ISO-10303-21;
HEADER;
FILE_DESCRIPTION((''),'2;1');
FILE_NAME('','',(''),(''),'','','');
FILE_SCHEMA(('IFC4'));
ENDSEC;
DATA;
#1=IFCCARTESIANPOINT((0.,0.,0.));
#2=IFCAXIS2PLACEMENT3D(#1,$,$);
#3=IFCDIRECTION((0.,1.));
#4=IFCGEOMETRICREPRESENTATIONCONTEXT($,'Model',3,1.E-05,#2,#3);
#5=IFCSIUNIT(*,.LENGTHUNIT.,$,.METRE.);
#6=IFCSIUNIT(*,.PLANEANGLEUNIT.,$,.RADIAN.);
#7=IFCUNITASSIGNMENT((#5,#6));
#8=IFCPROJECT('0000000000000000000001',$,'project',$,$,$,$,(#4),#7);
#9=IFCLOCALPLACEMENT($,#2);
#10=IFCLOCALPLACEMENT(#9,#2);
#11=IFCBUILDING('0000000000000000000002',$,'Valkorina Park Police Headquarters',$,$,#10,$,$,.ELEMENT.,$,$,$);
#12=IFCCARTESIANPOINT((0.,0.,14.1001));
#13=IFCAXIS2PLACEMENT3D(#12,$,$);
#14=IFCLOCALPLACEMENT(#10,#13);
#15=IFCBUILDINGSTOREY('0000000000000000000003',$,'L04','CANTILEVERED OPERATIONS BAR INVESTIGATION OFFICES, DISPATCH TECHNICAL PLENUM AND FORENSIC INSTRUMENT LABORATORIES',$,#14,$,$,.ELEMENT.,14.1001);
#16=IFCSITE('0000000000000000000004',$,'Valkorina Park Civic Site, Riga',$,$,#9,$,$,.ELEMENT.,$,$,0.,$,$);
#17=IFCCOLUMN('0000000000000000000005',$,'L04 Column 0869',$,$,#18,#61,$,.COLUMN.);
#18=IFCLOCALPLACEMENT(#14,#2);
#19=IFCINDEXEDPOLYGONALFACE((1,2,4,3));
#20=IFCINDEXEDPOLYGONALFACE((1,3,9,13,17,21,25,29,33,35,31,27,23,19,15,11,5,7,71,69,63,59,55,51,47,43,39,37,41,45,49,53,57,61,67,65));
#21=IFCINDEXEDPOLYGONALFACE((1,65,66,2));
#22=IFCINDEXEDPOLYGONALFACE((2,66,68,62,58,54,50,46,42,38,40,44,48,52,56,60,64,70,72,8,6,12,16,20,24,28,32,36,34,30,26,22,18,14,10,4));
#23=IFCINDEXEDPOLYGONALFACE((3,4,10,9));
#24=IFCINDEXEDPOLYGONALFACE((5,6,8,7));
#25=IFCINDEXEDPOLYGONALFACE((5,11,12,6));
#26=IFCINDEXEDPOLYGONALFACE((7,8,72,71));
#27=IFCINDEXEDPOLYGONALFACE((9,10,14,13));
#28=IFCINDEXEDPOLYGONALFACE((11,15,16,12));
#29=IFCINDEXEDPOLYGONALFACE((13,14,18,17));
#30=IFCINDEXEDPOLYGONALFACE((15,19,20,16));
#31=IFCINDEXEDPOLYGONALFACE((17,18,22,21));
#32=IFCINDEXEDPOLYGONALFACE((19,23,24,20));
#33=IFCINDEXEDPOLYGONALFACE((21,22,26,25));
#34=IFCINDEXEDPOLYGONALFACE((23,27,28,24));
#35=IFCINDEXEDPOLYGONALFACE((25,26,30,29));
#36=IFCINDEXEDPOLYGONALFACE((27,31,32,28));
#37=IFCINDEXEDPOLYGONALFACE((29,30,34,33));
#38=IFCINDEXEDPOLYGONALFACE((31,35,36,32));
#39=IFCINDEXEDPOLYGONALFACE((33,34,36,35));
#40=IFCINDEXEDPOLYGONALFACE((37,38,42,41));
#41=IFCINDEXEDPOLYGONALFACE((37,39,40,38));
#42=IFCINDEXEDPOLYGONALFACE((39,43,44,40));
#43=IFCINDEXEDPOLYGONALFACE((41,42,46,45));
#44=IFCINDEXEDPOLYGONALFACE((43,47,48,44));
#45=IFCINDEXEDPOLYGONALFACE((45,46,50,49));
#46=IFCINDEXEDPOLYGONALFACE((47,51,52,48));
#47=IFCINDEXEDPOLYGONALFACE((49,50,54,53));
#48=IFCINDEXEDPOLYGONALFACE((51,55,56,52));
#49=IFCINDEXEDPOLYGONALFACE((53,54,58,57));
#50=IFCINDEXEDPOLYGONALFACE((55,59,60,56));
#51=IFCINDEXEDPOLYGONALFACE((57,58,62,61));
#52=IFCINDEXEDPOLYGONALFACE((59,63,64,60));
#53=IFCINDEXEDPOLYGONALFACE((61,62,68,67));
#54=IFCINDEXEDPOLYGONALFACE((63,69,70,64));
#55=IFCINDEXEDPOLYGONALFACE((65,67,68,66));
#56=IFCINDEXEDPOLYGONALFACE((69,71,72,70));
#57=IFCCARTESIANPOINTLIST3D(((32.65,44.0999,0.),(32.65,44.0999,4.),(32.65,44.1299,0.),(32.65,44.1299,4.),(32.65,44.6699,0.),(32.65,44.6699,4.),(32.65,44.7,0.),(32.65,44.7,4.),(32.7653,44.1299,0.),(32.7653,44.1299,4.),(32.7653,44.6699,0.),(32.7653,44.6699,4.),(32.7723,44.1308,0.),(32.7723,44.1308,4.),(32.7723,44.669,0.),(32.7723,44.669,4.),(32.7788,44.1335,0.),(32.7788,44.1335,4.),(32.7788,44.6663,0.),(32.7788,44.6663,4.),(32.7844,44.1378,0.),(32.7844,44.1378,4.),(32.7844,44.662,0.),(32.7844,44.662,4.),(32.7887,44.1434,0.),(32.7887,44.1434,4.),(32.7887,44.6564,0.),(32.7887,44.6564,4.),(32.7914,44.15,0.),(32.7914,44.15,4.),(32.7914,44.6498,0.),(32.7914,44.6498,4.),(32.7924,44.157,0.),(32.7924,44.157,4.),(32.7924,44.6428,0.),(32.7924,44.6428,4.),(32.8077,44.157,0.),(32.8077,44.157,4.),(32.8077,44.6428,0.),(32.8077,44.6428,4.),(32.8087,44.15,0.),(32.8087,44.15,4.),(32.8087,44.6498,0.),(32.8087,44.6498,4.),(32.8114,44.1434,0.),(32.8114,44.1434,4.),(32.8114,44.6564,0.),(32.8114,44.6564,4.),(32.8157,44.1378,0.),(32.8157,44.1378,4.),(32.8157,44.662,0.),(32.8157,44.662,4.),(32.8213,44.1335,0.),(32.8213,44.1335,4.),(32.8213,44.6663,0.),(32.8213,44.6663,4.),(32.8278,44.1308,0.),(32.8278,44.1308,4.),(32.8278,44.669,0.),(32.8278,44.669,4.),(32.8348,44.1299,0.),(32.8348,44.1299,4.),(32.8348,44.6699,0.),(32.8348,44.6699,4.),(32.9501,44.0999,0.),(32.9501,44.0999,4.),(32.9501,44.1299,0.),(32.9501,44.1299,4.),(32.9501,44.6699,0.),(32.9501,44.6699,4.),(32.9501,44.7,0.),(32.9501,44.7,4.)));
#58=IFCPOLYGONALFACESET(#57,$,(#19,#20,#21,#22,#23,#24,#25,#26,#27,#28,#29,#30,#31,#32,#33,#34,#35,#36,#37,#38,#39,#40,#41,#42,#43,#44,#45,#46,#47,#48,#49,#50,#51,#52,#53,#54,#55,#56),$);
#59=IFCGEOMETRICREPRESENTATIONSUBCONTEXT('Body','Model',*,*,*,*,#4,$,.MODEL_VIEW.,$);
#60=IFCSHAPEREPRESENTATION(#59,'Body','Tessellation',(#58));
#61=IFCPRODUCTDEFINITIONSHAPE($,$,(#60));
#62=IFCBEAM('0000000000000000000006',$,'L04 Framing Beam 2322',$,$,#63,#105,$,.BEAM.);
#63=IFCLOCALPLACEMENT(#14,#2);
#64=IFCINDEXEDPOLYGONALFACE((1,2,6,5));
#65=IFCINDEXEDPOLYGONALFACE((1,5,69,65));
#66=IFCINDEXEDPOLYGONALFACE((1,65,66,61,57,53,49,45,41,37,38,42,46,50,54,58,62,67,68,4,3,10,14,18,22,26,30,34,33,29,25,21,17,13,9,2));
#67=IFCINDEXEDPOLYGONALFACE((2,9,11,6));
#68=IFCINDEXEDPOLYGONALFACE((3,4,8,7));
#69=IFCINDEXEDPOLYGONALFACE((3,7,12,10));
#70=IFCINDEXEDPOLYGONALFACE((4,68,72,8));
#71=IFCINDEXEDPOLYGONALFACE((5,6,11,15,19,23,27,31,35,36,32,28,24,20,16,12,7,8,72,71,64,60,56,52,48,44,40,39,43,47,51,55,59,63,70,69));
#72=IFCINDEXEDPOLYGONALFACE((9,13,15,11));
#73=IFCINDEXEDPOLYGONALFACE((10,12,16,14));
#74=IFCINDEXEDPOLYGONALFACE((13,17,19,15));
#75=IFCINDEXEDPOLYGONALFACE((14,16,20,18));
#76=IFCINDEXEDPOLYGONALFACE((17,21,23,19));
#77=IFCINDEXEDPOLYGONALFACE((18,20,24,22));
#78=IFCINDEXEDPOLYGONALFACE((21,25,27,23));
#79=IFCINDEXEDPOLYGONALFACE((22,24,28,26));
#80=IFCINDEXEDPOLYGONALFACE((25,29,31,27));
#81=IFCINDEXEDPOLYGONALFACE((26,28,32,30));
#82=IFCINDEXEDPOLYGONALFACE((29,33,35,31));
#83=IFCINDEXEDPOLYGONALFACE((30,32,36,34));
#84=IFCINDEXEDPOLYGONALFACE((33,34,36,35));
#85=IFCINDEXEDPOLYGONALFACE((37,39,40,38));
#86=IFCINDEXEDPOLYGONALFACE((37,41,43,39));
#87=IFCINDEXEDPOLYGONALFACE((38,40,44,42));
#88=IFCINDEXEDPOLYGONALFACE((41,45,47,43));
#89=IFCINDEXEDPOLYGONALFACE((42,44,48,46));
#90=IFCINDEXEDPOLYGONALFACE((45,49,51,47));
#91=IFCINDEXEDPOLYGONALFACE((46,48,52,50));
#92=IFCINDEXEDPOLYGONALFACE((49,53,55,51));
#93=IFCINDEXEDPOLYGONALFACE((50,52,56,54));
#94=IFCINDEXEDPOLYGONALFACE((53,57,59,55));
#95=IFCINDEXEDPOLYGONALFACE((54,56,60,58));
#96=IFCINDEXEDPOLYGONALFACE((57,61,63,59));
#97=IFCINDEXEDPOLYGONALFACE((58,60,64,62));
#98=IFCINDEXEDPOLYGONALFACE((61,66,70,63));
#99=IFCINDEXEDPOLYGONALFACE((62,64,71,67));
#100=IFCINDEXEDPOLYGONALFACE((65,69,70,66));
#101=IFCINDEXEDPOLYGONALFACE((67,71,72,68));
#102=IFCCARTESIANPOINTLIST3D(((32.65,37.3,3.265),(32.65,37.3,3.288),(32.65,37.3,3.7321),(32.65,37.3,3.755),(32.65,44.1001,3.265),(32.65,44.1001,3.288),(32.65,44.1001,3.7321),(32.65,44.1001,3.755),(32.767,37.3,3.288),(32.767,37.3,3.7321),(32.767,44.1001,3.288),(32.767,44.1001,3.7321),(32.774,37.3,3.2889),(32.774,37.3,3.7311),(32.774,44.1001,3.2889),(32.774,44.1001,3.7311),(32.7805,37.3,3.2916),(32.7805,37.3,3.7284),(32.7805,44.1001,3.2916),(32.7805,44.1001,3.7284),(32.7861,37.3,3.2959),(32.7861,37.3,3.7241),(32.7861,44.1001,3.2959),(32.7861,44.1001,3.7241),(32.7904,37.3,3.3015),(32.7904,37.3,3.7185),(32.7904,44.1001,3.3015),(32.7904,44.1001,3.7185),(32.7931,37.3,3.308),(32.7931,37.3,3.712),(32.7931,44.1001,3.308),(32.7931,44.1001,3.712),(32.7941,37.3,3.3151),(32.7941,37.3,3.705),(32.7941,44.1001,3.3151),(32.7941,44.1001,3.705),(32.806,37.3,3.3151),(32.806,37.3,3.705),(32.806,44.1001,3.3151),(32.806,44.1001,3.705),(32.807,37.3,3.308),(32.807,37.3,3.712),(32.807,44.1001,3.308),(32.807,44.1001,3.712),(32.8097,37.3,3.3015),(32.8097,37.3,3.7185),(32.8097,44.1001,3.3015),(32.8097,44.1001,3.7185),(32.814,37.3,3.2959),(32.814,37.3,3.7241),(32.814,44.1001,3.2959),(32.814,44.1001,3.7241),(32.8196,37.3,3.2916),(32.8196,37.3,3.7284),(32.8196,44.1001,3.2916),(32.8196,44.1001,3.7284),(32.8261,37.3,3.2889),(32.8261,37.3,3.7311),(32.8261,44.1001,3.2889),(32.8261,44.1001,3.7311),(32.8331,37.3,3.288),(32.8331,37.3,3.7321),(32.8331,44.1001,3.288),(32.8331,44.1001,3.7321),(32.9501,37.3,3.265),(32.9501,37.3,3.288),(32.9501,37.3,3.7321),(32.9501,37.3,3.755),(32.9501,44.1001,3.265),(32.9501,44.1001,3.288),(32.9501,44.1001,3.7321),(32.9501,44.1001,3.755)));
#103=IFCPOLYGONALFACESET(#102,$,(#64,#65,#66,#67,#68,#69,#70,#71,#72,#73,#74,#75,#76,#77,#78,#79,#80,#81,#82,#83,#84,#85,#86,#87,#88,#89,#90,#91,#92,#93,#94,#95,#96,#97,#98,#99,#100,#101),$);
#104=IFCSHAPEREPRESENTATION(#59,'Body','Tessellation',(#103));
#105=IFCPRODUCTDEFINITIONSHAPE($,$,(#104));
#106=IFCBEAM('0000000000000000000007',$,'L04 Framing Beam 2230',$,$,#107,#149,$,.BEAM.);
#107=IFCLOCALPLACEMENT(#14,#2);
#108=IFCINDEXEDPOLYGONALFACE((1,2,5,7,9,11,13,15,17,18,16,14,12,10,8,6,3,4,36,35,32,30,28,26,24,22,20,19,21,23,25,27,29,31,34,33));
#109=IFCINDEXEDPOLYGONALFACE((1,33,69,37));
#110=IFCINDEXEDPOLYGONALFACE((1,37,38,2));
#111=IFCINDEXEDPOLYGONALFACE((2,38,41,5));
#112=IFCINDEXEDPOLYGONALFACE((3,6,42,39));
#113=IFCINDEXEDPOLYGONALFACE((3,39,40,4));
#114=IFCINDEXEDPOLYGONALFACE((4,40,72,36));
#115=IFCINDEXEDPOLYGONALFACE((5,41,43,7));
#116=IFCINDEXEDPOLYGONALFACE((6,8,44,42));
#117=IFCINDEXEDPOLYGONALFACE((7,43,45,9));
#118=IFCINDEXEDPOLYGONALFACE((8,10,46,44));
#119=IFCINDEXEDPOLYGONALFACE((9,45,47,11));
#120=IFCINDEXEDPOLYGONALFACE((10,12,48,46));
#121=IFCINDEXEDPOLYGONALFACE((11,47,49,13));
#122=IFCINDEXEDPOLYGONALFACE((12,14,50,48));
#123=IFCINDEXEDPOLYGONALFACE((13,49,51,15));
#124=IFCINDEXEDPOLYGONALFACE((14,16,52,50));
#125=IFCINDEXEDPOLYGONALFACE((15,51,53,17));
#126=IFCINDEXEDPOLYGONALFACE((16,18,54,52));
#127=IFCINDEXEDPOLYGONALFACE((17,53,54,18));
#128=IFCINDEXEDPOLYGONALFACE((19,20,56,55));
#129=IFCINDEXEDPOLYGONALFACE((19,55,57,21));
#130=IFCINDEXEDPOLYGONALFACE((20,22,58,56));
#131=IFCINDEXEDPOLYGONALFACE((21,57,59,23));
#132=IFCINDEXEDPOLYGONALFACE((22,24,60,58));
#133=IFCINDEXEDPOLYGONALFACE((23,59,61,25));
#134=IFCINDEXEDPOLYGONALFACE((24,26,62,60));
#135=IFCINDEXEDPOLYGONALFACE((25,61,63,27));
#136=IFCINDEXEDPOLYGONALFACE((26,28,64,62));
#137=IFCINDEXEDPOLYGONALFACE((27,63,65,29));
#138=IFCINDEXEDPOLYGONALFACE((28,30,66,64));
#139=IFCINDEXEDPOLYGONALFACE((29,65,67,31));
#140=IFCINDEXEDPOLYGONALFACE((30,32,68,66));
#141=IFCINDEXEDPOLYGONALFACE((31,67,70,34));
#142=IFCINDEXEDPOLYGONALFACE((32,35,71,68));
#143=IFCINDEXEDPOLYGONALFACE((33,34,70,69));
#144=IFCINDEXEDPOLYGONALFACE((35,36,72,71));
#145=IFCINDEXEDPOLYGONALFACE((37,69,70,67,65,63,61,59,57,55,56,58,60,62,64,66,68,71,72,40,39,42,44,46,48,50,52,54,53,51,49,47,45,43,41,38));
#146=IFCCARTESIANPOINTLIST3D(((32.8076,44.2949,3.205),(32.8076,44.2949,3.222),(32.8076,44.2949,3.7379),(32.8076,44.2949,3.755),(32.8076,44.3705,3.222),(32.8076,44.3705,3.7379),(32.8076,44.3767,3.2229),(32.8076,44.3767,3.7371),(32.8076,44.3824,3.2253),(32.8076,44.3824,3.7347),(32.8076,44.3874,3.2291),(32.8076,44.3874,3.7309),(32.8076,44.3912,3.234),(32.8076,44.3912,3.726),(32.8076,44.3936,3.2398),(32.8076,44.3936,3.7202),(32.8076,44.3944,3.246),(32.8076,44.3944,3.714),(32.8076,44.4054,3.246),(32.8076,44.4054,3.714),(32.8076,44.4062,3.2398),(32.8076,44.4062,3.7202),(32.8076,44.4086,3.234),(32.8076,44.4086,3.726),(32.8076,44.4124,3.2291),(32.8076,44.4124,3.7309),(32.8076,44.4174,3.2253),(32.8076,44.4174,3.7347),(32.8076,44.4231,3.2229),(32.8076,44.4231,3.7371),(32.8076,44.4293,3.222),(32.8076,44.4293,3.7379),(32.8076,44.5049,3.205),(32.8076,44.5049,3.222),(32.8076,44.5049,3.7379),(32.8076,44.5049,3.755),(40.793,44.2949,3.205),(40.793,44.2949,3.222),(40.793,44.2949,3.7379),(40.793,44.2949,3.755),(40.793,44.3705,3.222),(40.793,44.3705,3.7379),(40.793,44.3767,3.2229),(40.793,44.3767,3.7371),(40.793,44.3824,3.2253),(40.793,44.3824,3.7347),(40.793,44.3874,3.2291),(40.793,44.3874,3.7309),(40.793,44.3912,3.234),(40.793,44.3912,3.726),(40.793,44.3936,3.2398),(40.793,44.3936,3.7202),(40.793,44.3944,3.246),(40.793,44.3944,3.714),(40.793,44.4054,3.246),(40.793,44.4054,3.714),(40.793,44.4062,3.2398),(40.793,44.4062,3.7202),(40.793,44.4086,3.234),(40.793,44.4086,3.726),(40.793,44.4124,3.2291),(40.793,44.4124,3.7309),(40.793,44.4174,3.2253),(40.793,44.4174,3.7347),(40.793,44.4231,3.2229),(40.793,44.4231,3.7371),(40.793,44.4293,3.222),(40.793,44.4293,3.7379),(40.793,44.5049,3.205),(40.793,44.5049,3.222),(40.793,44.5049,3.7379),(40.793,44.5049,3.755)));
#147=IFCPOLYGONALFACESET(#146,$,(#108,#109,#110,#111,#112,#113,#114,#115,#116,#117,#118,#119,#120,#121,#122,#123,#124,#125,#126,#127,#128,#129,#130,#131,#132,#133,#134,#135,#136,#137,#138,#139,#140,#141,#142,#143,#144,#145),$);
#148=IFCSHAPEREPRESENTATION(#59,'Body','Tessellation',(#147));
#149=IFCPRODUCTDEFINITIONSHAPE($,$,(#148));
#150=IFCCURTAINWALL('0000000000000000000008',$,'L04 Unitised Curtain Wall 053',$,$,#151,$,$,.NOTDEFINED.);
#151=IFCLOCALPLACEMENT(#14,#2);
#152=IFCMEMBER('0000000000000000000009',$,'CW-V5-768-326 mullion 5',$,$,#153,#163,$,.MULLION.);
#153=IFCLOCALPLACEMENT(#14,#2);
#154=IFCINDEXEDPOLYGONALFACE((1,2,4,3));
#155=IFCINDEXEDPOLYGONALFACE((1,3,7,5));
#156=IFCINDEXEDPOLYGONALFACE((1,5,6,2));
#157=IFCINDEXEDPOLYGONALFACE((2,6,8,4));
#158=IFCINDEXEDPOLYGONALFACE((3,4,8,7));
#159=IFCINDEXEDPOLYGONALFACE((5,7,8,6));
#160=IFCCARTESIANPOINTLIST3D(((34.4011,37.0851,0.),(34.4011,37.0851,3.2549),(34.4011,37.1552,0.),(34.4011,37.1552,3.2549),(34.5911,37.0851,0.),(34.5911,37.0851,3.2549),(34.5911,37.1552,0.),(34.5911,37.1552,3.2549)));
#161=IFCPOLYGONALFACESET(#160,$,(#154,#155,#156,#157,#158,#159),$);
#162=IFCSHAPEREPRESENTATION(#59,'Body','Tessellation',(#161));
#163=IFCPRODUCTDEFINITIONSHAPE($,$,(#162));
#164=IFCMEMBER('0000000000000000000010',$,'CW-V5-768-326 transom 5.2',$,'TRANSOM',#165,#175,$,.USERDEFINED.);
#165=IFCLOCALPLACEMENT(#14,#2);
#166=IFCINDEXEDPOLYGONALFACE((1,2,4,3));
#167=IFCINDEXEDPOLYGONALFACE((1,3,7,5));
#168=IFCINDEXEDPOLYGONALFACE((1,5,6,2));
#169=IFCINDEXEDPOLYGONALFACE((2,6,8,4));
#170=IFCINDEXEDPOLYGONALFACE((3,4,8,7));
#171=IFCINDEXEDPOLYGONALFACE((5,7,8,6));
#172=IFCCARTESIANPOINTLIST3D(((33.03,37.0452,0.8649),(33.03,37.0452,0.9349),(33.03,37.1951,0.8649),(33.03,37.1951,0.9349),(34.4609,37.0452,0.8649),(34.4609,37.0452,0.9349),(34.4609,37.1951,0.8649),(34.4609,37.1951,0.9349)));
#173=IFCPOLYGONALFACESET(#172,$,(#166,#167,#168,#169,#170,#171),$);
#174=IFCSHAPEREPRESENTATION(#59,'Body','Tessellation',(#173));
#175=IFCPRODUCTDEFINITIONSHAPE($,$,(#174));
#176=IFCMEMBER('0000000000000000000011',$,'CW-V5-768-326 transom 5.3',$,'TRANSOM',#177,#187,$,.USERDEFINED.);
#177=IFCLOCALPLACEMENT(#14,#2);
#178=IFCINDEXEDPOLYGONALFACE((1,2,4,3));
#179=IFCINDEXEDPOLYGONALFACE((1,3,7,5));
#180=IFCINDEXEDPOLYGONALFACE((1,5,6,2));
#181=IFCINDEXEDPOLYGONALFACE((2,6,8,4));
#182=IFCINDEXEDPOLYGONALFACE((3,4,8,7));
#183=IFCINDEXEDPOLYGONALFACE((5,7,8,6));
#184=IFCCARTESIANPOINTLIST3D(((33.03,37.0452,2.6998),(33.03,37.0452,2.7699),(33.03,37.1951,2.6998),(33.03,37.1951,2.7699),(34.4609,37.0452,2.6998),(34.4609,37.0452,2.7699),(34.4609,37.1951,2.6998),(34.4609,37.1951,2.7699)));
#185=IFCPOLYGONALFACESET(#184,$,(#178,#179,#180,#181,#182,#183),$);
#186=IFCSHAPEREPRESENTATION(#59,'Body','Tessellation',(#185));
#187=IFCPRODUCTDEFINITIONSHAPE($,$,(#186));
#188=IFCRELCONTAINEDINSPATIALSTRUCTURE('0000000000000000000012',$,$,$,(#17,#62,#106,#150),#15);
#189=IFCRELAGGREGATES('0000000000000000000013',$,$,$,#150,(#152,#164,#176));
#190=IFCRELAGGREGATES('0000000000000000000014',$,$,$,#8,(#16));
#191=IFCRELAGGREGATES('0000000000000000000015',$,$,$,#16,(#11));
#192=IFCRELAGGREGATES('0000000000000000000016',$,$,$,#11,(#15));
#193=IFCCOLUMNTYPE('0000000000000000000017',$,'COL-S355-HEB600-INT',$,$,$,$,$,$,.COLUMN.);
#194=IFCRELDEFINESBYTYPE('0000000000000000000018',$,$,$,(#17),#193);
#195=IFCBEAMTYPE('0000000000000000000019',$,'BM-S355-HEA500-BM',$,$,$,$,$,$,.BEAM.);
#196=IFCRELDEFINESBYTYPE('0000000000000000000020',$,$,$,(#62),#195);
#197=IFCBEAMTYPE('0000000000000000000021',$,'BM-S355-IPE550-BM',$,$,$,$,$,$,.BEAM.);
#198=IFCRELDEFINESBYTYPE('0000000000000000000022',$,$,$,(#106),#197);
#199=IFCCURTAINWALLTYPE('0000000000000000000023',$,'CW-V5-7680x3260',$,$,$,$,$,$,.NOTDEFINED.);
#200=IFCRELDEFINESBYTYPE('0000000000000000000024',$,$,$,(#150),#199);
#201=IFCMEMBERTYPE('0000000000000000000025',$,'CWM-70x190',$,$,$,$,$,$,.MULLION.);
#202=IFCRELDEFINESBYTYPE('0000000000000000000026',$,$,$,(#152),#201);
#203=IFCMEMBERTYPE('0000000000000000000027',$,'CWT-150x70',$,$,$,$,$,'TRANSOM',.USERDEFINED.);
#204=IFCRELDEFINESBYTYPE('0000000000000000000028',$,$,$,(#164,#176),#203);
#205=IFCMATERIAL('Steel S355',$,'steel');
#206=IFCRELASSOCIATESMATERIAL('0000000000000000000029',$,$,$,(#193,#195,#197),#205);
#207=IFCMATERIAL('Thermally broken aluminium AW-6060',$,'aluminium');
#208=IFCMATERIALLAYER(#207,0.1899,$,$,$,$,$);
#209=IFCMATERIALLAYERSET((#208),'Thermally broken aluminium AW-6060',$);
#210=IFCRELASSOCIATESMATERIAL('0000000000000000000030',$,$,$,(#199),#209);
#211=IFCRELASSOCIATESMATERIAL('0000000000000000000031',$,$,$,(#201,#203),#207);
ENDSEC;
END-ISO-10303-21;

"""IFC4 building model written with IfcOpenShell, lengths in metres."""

from ifc_helpers import new_model, si_unit, direction, frame, origin, origin_2d, place, context, subcontext, project, spatial, rectangle, i_section, extrude, material, layer, layer_set, material_profile, profile_set, type_object, element, aggregate, save


model = new_model("IFC4")

# Units and contexts
model_context = context("Model", 3, precision=1e-05, world=origin(), true_north=direction((0.0, 1.0)))
body_context = subcontext(model_context, "Body", "Model", "MODEL_VIEW")
ifc_project = project(units=[si_unit("LENGTHUNIT", "METRE"), si_unit("PLANEANGLEUNIT", "RADIAN")], contexts=[model_context])

# Site, building, storey
site_placement = place(None, origin())
site = spatial("IfcSite", under=ifc_project, at=site_placement, Name="Valkorina Park Civic Site, Riga", CompositionType="ELEMENT", RefElevation=0.0)
building_placement = place(site_placement, origin())
building = spatial("IfcBuilding", under=site, at=building_placement, Name="Valkorina Park Police Headquarters", CompositionType="ELEMENT")
storey_placement = place(building_placement, frame((0.0, 0.0, 14.1001)))
storey = spatial("IfcBuildingStorey", under=building, at=storey_placement, Name="L04", Description="CANTILEVERED OPERATIONS BAR INVESTIGATION OFFICES, DISPATCH TECHNICAL PLENUM AND FORENSIC INSTRUMENT LABORATORIES", CompositionType="ELEMENT", Elevation=14.1001)

# Column
ifc_material_1 = material(Name="Steel S355", Category="steel")
ifc_material_profile_1 = material_profile(ifc_material_1, i_section(OverallWidth=0.3, OverallDepth=0.6001, WebThickness=0.0154, FlangeThickness=0.03, FilletRadius=0.0271, at=origin_2d()), Name="HEB 600")
ifc_profile_set_1 = profile_set([ifc_material_profile_1], Name="Steel S355")
column_type = type_object("IfcColumnType", Name="COL-S355-HEB600-INT", PredefinedType="COLUMN", material=ifc_profile_set_1)
column_placement = place(storey_placement, frame((32.8, 44.3999, 0.0), z_axis=(0.0, 0.0, 1.0), x_axis=(1.0, 0.0, 0.0)))
element("IfcColumn", 1, at=column_placement, inside=storey, type_object=column_type, Name="L04 Column 0869", PredefinedType="COLUMN", context=body_context, shape_type="SweptSolid", body=[
    extrude(i_section(OverallWidth=0.3, OverallDepth=0.6001, WebThickness=0.0154, FlangeThickness=0.03, FilletRadius=0.0271, at=origin_2d()), origin(), (0.0, 0.0, 1.0), 4.0),
])

# Beams
ifc_material_profile_2 = material_profile(ifc_material_1, i_section(OverallWidth=0.3, OverallDepth=0.49, WebThickness=0.012, FlangeThickness=0.0229, FilletRadius=0.0271, at=origin_2d()), Name="HEA 500")
ifc_profile_set_2 = profile_set([ifc_material_profile_2], Name="Steel S355")
beam_type_1 = type_object("IfcBeamType", Name="BM-S355-HEA500-BM", PredefinedType="BEAM", material=ifc_profile_set_2)
beam_1_placement = place(storey_placement, frame((32.8, 37.3, 3.51), z_axis=(0.0, 1.0, 0.0), x_axis=(-1.0, 0.0, 0.0)))
element("IfcBeam", 2, at=beam_1_placement, inside=storey, type_object=beam_type_1, Name="L04 Framing Beam 2322", PredefinedType="BEAM", context=body_context, shape_type="SweptSolid", body=[
    extrude(i_section(OverallWidth=0.3, OverallDepth=0.49, WebThickness=0.012, FlangeThickness=0.0229, FilletRadius=0.0271, at=origin_2d()), origin(), (0.0, 0.0, 1.0), 6.8),
])
ifc_material_profile_3 = material_profile(ifc_material_1, i_section(OverallWidth=0.21, OverallDepth=0.55, WebThickness=0.011, FlangeThickness=0.0171, FilletRadius=0.0239, at=origin_2d()), Name="IPE 550")
ifc_profile_set_3 = profile_set([ifc_material_profile_3], Name="Steel S355")
beam_type_2 = type_object("IfcBeamType", Name="BM-S355-IPE550-BM", PredefinedType="BEAM", material=ifc_profile_set_3)
beam_2_placement = place(storey_placement, frame((32.8076, 44.3999, 3.48), z_axis=(1.0, 0.0, 0.0), x_axis=(0.0, 1.0, 0.0)))
element("IfcBeam", 3, at=beam_2_placement, inside=storey, type_object=beam_type_2, Name="L04 Framing Beam 2230", PredefinedType="BEAM", context=body_context, shape_type="SweptSolid", body=[
    extrude(i_section(OverallWidth=0.21, OverallDepth=0.55, WebThickness=0.011, FlangeThickness=0.0171, FilletRadius=0.0239, at=origin_2d()), origin(), (0.0, 0.0, 1.0), 7.9854),
])

# Curtain wall, members
ifc_material_2 = material(Name="Thermally broken aluminium AW-6060", Category="aluminium")
ifc_layer_1 = layer(ifc_material_2, 0.1899)
ifc_layer_set_1 = layer_set([ifc_layer_1], Name="Thermally broken aluminium AW-6060")
curtain_wall_type = type_object("IfcCurtainWallType", Name="CW-V5-7680x3260", PredefinedType="NOTDEFINED", material=ifc_layer_set_1)
curtain_wall_placement = place(storey_placement, origin())
curtain_wall = element("IfcCurtainWall", 4, at=curtain_wall_placement, inside=storey, type_object=curtain_wall_type, Name="L04 Unitised Curtain Wall 053", PredefinedType="NOTDEFINED")
ifc_material_profile_4 = material_profile(ifc_material_2, rectangle(XDim=0.0701, YDim=0.1899, at=origin_2d()), Name="CWM-02 70x190")
ifc_profile_set_4 = profile_set([ifc_material_profile_4], Name="Thermally broken aluminium AW-6060")
member_type_1 = type_object("IfcMemberType", Name="CWM-70x190", PredefinedType="MULLION", material=ifc_profile_set_4)
member_1_placement = place(storey_placement, frame((34.4961, 37.1201, 0.0), z_axis=(0.0, 0.0, 1.0), x_axis=(0.0, -1.0, 0.0)))
member_1 = element("IfcMember", 5, at=member_1_placement, type_object=member_type_1, Name="CW-V5-768-326 mullion 5", PredefinedType="MULLION", context=body_context, shape_type="SweptSolid", body=[
    extrude(rectangle(XDim=0.0701, YDim=0.1899, at=origin_2d()), origin(), (0.0, 0.0, 1.0), 3.2549),
])
ifc_material_profile_5 = material_profile(ifc_material_2, rectangle(XDim=0.1499, YDim=0.0701, at=origin_2d()), Name="CWT-02 150x70")
ifc_profile_set_5 = profile_set([ifc_material_profile_5], Name="Thermally broken aluminium AW-6060")
member_type_2 = type_object("IfcMemberType", Name="CWT-150x70", ElementType="TRANSOM", PredefinedType="USERDEFINED", material=ifc_profile_set_5)
member_2_placement = place(storey_placement, frame((34.4609, 37.1201, 0.8999), z_axis=(-1.0, 0.0, 0.0), x_axis=(0.0, -1.0, 0.0)))
member_2 = element("IfcMember", 6, at=member_2_placement, type_object=member_type_2, Name="CW-V5-768-326 transom 5.2", ObjectType="TRANSOM", PredefinedType="USERDEFINED", context=body_context, shape_type="SweptSolid", body=[
    extrude(rectangle(XDim=0.1499, YDim=0.0701, at=origin_2d()), origin(), (0.0, 0.0, 1.0), 1.4309),
])
member_3_placement = place(storey_placement, frame((34.4609, 37.1201, 2.7349), z_axis=(-1.0, 0.0, 0.0), x_axis=(0.0, -1.0, 0.0)))
member_3 = element("IfcMember", 7, at=member_3_placement, type_object=member_type_2, Name="CW-V5-768-326 transom 5.3", ObjectType="TRANSOM", PredefinedType="USERDEFINED", context=body_context, shape_type="SweptSolid", body=[
    extrude(rectangle(XDim=0.1499, YDim=0.0701, at=origin_2d()), origin(), (0.0, 0.0, 1.0), 1.4309),
])
aggregate(curtain_wall, [member_1, member_2, member_3])

save(model, "model.ifc")
